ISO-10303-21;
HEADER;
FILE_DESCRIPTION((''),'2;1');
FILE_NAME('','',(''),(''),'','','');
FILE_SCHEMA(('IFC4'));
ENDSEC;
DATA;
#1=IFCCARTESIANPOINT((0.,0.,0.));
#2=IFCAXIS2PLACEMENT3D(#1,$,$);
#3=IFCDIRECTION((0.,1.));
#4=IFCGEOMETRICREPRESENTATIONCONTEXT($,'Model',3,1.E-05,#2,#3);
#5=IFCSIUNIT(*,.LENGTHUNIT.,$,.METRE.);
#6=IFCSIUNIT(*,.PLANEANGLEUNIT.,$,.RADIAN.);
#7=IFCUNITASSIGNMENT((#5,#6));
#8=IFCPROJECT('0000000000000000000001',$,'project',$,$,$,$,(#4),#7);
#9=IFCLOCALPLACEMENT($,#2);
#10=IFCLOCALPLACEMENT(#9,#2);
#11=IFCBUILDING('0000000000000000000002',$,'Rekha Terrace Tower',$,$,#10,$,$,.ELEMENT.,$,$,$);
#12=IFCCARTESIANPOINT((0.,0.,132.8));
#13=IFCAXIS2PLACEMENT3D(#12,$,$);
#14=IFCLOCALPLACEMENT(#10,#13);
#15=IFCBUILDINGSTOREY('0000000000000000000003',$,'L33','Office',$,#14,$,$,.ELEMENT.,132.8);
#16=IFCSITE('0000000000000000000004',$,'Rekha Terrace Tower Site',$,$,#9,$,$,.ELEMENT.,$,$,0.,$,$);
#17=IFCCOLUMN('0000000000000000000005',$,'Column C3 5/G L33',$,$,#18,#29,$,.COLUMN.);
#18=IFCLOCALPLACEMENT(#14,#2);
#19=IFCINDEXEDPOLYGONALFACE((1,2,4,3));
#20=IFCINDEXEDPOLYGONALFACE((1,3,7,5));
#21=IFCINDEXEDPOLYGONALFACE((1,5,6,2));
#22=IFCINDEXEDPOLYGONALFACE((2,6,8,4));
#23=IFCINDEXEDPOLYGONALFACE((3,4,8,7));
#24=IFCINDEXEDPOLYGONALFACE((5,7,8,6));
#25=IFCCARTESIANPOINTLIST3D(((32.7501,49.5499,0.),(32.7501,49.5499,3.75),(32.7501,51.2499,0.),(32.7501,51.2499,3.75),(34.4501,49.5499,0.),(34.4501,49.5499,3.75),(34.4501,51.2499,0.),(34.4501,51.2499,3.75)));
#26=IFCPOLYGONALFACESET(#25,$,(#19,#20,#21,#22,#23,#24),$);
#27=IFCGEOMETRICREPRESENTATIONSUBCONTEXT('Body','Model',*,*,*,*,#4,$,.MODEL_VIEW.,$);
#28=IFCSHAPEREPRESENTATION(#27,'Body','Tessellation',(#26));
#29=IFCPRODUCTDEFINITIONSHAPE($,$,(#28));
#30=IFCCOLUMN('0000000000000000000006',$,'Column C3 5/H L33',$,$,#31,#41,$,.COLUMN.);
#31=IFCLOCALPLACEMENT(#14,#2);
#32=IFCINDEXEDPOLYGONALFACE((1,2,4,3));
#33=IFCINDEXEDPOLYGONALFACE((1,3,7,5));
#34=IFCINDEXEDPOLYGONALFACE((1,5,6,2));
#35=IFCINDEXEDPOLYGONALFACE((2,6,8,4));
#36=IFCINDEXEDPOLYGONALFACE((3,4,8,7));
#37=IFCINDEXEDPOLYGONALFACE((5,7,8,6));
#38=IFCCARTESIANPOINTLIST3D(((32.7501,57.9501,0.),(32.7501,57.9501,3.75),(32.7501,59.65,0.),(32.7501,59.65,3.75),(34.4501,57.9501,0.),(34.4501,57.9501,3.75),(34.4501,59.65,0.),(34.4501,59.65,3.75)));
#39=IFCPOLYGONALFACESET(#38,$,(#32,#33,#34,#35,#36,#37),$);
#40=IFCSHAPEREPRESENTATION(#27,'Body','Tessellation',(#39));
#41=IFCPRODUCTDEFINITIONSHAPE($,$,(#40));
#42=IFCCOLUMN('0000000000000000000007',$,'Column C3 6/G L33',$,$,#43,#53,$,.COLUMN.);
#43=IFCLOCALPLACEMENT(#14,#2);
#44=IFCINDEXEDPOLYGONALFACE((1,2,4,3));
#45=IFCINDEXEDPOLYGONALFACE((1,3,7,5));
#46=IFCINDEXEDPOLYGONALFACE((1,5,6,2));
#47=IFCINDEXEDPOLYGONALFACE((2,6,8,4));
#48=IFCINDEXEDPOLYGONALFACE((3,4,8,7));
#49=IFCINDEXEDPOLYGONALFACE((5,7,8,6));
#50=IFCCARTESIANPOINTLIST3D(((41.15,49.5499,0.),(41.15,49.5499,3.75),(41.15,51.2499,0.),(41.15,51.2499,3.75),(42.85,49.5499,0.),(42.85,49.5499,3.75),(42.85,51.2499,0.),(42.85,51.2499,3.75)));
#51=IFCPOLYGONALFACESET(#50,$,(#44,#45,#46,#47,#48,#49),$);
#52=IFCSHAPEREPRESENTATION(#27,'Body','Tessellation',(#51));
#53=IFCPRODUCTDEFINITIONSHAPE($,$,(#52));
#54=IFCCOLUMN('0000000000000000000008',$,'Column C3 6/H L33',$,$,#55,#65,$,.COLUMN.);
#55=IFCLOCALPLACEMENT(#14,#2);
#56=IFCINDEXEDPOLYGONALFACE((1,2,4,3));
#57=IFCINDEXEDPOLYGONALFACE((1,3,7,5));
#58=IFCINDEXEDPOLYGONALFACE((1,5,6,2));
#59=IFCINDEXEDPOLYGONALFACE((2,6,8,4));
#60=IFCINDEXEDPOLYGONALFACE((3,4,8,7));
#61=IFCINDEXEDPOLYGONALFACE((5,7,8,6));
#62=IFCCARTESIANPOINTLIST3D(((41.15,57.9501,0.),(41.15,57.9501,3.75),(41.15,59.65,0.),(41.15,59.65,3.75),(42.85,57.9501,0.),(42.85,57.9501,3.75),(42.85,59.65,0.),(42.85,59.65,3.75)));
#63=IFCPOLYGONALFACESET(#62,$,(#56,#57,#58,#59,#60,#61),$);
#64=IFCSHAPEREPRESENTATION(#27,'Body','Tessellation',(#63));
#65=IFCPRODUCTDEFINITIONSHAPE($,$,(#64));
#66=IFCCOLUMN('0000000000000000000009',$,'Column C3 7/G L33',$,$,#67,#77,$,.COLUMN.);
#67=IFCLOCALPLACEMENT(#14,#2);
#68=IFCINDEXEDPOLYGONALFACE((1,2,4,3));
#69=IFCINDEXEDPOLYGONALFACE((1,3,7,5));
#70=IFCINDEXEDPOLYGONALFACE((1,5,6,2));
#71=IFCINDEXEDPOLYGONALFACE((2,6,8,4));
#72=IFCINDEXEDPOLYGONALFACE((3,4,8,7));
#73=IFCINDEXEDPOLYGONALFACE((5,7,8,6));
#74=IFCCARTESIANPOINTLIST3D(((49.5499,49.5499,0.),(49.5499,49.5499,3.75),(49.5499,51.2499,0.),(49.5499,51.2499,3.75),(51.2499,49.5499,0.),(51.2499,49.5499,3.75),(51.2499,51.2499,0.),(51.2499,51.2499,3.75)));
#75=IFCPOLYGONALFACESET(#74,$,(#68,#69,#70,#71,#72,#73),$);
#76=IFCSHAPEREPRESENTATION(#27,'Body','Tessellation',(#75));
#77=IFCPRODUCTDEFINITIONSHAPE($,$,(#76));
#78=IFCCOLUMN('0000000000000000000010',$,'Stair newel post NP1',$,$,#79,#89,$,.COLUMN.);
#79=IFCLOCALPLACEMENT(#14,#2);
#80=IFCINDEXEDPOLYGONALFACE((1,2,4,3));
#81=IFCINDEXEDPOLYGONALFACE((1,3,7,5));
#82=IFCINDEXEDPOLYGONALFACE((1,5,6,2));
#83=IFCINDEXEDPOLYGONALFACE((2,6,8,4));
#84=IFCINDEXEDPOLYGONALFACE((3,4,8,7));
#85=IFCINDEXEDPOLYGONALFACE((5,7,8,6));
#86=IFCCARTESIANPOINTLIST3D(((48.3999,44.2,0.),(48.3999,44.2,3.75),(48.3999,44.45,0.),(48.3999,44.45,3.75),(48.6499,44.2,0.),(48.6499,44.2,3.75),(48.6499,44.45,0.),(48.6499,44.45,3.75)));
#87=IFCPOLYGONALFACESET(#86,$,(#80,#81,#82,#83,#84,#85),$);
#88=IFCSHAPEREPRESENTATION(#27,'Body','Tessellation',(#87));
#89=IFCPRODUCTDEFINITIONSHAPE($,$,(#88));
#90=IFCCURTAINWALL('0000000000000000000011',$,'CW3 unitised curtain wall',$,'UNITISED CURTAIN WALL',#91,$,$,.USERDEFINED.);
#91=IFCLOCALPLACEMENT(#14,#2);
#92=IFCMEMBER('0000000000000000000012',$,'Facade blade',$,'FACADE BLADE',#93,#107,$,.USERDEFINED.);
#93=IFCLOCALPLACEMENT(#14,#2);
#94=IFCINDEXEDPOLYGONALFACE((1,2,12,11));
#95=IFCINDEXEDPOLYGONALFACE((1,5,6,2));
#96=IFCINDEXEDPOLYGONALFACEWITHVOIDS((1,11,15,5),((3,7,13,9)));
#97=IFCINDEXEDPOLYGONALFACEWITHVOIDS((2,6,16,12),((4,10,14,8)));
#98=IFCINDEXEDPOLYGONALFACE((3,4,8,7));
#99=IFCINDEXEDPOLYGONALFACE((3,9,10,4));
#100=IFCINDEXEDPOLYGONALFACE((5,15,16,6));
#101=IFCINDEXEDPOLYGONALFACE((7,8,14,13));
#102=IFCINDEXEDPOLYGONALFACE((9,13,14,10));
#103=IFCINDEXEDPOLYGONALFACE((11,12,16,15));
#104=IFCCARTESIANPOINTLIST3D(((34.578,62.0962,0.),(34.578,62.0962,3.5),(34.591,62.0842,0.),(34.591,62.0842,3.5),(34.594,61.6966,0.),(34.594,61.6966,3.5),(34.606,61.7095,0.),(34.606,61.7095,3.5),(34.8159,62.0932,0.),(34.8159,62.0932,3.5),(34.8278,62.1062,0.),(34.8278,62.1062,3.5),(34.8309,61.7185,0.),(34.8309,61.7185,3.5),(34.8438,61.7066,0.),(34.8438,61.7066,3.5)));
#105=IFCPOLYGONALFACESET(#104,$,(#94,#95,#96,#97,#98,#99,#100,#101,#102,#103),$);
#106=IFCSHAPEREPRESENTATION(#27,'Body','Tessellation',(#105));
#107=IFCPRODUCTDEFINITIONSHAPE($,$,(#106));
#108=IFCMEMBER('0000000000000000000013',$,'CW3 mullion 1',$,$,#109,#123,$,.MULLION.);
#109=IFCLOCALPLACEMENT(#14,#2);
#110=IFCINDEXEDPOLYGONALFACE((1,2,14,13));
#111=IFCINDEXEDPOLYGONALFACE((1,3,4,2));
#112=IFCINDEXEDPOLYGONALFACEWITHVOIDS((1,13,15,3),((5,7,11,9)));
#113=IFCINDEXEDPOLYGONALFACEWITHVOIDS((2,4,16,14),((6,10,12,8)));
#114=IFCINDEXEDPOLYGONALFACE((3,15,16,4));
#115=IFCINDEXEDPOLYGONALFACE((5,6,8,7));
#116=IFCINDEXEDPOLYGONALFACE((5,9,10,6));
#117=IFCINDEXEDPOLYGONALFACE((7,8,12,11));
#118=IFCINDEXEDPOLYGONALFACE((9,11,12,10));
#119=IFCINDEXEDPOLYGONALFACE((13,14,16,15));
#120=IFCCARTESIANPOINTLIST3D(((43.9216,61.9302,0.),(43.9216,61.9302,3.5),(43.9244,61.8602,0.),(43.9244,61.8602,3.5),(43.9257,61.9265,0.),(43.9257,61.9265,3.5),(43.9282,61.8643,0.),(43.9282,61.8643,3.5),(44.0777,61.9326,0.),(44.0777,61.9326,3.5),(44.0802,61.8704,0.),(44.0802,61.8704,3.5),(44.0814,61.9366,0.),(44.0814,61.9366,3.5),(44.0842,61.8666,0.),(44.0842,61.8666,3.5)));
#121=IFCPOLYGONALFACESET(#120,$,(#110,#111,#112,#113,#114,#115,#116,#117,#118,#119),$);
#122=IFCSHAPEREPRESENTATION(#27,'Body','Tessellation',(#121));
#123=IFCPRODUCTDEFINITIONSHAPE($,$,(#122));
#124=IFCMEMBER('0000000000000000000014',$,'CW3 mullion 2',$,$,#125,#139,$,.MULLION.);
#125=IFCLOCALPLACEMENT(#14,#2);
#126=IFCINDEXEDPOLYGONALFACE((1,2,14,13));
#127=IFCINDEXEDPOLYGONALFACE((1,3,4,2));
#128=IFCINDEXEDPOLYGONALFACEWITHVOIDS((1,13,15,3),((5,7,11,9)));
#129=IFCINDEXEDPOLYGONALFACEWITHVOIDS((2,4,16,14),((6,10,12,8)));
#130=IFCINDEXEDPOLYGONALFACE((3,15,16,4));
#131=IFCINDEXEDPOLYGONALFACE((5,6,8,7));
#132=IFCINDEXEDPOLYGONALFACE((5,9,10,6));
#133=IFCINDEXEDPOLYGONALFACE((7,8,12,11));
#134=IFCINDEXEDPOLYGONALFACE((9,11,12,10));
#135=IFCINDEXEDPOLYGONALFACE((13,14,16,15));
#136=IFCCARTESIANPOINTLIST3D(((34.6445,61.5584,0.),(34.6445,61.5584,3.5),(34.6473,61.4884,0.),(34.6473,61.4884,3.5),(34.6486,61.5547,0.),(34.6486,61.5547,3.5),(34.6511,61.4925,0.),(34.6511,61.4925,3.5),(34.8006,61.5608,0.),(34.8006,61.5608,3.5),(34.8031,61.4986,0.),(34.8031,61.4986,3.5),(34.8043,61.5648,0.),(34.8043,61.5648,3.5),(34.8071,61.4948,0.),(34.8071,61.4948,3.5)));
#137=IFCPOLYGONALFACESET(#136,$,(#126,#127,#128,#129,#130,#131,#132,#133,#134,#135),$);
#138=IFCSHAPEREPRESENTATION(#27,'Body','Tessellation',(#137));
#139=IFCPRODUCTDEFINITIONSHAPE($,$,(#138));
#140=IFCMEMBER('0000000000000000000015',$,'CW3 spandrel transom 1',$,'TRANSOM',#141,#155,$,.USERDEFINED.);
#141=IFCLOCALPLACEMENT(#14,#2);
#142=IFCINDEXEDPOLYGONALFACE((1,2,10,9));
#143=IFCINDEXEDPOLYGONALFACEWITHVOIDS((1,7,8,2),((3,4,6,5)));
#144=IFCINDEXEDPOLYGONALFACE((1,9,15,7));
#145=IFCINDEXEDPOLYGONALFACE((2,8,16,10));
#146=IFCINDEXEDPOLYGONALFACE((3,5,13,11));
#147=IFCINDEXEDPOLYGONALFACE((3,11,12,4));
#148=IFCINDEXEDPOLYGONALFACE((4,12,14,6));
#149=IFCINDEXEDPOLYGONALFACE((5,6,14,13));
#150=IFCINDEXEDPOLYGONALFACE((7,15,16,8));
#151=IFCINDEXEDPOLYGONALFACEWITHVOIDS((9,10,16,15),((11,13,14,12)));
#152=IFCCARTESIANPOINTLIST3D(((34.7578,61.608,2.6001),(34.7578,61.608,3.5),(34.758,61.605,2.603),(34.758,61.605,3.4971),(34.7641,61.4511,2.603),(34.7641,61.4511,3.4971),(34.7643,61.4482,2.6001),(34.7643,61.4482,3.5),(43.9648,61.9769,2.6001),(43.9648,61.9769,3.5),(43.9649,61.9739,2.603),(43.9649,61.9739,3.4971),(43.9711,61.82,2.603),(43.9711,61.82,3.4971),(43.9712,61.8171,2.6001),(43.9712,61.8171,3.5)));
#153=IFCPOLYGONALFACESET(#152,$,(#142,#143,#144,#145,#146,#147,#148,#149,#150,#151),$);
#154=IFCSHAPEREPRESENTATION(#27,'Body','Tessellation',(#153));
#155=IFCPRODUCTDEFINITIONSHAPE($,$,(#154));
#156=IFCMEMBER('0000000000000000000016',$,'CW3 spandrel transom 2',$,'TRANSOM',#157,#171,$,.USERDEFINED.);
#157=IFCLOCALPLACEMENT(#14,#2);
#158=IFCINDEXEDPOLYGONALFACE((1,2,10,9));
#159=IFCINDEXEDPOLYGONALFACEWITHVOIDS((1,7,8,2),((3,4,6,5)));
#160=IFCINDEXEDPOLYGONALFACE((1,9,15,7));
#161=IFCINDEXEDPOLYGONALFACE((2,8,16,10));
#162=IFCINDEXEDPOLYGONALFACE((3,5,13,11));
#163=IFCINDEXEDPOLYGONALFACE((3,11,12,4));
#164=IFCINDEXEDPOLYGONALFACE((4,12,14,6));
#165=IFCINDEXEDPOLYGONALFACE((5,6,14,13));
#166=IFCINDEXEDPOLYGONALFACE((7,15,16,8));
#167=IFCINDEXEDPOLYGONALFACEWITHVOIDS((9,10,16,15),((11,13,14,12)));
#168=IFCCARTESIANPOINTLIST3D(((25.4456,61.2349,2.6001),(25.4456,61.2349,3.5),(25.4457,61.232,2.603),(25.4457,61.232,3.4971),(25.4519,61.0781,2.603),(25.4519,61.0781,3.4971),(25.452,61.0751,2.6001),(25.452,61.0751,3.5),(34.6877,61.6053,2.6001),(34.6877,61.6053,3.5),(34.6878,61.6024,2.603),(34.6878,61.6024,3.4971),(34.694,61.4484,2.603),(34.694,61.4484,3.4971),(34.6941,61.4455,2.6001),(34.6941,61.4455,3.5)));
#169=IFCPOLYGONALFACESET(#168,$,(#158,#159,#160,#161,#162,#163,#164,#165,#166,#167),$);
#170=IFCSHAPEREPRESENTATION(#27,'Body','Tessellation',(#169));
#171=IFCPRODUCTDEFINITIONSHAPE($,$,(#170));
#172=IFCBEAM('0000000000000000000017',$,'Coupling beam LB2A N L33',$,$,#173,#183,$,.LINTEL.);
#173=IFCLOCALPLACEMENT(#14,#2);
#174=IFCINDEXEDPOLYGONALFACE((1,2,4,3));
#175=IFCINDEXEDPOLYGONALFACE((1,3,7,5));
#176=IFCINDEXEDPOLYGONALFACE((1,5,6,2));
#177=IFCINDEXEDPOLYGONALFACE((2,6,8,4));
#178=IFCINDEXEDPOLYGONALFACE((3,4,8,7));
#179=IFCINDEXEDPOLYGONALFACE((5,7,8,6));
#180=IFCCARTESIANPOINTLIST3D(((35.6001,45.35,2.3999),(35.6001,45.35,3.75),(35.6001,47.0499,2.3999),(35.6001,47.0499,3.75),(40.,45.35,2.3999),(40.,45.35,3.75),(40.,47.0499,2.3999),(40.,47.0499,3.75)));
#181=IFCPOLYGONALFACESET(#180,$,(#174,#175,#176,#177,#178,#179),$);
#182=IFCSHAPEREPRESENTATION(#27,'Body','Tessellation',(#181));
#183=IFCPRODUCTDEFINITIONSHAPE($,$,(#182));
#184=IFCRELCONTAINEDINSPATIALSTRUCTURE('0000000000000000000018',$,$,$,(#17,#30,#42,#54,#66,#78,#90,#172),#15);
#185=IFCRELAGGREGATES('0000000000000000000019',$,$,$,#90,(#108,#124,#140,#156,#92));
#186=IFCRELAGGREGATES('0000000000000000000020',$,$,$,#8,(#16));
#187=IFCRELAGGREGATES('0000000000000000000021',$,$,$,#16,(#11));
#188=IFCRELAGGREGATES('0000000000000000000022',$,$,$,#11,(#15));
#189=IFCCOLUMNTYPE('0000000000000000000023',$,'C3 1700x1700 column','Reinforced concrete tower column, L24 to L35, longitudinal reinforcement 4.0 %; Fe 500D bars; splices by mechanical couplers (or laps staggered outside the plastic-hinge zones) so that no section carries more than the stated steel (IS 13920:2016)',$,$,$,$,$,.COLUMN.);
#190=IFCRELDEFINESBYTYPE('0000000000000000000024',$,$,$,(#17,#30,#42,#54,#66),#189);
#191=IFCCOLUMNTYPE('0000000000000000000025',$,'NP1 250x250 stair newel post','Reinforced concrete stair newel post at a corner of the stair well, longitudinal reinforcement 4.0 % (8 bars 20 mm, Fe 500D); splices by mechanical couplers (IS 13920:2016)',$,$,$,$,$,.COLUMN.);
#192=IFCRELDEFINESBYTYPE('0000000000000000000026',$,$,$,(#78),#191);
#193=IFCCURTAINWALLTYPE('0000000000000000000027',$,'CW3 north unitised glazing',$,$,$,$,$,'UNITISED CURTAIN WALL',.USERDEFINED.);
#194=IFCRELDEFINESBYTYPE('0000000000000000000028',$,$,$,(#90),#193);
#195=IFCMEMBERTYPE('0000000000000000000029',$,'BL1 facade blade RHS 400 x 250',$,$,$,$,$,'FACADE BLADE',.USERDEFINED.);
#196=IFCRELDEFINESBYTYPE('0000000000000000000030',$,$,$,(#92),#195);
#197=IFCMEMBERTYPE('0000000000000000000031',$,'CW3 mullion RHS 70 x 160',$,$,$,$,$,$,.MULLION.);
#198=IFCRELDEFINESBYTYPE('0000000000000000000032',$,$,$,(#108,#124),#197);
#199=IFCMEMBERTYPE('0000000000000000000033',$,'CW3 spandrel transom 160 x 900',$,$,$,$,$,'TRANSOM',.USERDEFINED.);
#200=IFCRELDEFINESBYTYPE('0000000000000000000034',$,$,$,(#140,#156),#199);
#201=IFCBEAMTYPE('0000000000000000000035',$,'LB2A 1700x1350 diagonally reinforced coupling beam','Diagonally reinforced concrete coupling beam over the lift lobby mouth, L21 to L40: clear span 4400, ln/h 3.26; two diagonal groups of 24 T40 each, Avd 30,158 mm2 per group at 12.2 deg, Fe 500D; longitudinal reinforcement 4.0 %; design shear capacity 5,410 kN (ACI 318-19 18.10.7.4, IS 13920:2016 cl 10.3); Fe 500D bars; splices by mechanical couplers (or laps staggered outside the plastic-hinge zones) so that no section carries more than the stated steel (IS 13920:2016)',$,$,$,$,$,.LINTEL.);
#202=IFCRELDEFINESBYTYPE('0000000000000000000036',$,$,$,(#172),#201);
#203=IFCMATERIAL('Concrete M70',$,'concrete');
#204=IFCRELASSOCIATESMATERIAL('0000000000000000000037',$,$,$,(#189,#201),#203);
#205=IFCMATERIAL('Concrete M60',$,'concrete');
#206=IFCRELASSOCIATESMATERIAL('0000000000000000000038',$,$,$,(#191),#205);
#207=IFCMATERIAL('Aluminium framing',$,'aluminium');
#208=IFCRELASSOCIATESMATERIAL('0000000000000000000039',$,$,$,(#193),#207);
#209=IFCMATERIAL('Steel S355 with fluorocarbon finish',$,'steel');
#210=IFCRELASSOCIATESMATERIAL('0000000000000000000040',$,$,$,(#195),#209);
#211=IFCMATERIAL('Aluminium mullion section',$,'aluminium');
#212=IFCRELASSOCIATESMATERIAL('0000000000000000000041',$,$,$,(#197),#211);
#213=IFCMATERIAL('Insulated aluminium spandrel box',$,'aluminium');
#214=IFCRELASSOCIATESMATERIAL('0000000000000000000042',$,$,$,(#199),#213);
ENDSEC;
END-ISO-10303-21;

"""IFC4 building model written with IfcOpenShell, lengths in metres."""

from ifc_helpers import new_model, si_unit, direction, frame, origin, origin_2d, place, context, subcontext, project, spatial, rectangle, hollow_rectangle, extrude, material, material_profile, profile_set, type_object, element, aggregate, save


model = new_model("IFC4")

# Units and contexts
model_context = context("Model", 3, precision=1e-05, world=origin(), true_north=direction((0.0, 1.0)))
body_context = subcontext(model_context, "Body", "Model", "MODEL_VIEW")
ifc_project = project(units=[si_unit("LENGTHUNIT", "METRE"), si_unit("PLANEANGLEUNIT", "RADIAN")], contexts=[model_context])

# Site, building, storey
site_placement = place(None, origin())
site = spatial("IfcSite", under=ifc_project, at=site_placement, Name="Rekha Terrace Tower Site", CompositionType="ELEMENT", RefElevation=0.0)
building_placement = place(site_placement, origin())
building = spatial("IfcBuilding", under=site, at=building_placement, Name="Rekha Terrace Tower", CompositionType="ELEMENT")
storey_placement = place(building_placement, frame((0.0, 0.0, 132.8)))
storey = spatial("IfcBuildingStorey", under=building, at=storey_placement, Name="L33", Description="Office", CompositionType="ELEMENT", Elevation=132.8)

# Columns
ifc_material_1 = material(Name="Concrete M70", Category="concrete")
ifc_material_profile_1 = material_profile(ifc_material_1, rectangle(XDim=1.7, YDim=1.7, at=origin_2d()), Name="RC 1700x1700")
ifc_profile_set_1 = profile_set([ifc_material_profile_1], Name="Concrete M70")
column_type_1 = type_object("IfcColumnType", Name="C3 1700x1700 column", Description="Reinforced concrete tower column, L24 to L35, longitudinal reinforcement 4.0 %; Fe 500D bars; splices by mechanical couplers (or laps staggered outside the plastic-hinge zones) so that no section carries more than the stated steel (IS 13920:2016)", PredefinedType="COLUMN", material=ifc_profile_set_1)
for number, where, z_axis, x_axis, name in (
    (1, (33.6001, 50.3999, 0.0), (0.0, 0.0, 1.0), (1.0, 0.0, 0.0), "Column C3 5/G L33"),
    (2, (33.6001, 58.8, 0.0), (0.0, 0.0, 1.0), (1.0, 0.0, 0.0), "Column C3 5/H L33"),
    (3, (42.0, 50.3999, 0.0), (0.0, 0.0, 1.0), (1.0, 0.0, 0.0), "Column C3 6/G L33"),
    (4, (42.0, 58.8, 0.0), (0.0, 0.0, 1.0), (1.0, 0.0, 0.0), "Column C3 6/H L33"),
    (5, (50.3999, 50.3999, 0.0), (0.0, 0.0, 1.0), (1.0, 0.0, 0.0), "Column C3 7/G L33"),
):
    element("IfcColumn", number, at=place(storey_placement, frame(where, z_axis=z_axis, x_axis=x_axis)), inside=storey, type_object=column_type_1, Name=name, PredefinedType="COLUMN", context=body_context, shape_type="SweptSolid", body=[
        extrude(rectangle(XDim=1.7, YDim=1.7, at=origin_2d()), origin(), (0.0, 0.0, 1.0), 3.75),
    ])
ifc_material_2 = material(Name="Concrete M60", Category="concrete")
ifc_material_profile_2 = material_profile(ifc_material_2, rectangle(XDim=0.25, YDim=0.25, at=origin_2d()), Name="RC 250x250")
ifc_profile_set_2 = profile_set([ifc_material_profile_2], Name="Concrete M60")
column_type_2 = type_object("IfcColumnType", Name="NP1 250x250 stair newel post", Description="Reinforced concrete stair newel post at a corner of the stair well, longitudinal reinforcement 4.0 % (8 bars 20 mm, Fe 500D); splices by mechanical couplers (IS 13920:2016)", PredefinedType="COLUMN", material=ifc_profile_set_2)
column_placement = place(storey_placement, frame((48.5249, 44.325, 0.0), z_axis=(0.0, 0.0, 1.0), x_axis=(1.0, 0.0, 0.0)))
element("IfcColumn", 6, at=column_placement, inside=storey, type_object=column_type_2, Name="Stair newel post NP1", PredefinedType="COLUMN", context=body_context, shape_type="SweptSolid", body=[
    extrude(rectangle(XDim=0.25, YDim=0.25, at=origin_2d()), origin(), (0.0, 0.0, 1.0), 3.75),
])

# Curtain wall, members
ifc_material_3 = material(Name="Aluminium framing", Category="aluminium")
curtain_wall_type = type_object("IfcCurtainWallType", Name="CW3 north unitised glazing", ElementType="UNITISED CURTAIN WALL", PredefinedType="USERDEFINED", material=ifc_material_3)
curtain_wall_1_placement = place(storey_placement, origin())
curtain_wall_1 = element("IfcCurtainWall", 7, at=curtain_wall_1_placement, inside=storey, type_object=curtain_wall_type, Name="CW3 unitised curtain wall", ObjectType="UNITISED CURTAIN WALL", PredefinedType="USERDEFINED")
ifc_material_4 = material(Name="Steel S355 with fluorocarbon finish", Category="steel")
ifc_material_profile_3 = material_profile(ifc_material_4, hollow_rectangle(XDim=0.25, YDim=0.3999, WallThickness=0.0125, at=origin_2d()), Name="RHS400x250x12.5")
ifc_profile_set_3 = profile_set([ifc_material_profile_3], Name="Steel S355 with fluorocarbon finish")
member_type_1 = type_object("IfcMemberType", Name="BL1 facade blade RHS 400 x 250", ElementType="FACADE BLADE", PredefinedType="USERDEFINED", material=ifc_profile_set_3)
member_1_placement = place(storey_placement, frame((34.7109, 61.9014, 0.0), z_axis=(0.0, 0.0, 1.0), x_axis=(-0.999198, -0.040032, 0.0)))
member_1 = element("IfcMember", 8, at=member_1_placement, type_object=member_type_1, Name="Facade blade", ObjectType="FACADE BLADE", PredefinedType="USERDEFINED", context=body_context, shape_type="SweptSolid", body=[
    extrude(hollow_rectangle(XDim=0.25, YDim=0.3999, WallThickness=0.0125, at=origin_2d()), origin(), (0.0, 0.0, 1.0), 3.5),
])
ifc_material_5 = material(Name="Aluminium mullion section", Category="aluminium")
ifc_material_profile_4 = material_profile(ifc_material_5, hollow_rectangle(XDim=0.0701, YDim=0.1599, WallThickness=0.0039, at=origin_2d()), Name="AL RHS 70x160")
ifc_profile_set_4 = profile_set([ifc_material_profile_4], Name="Aluminium mullion section")
member_type_2 = type_object("IfcMemberType", Name="CW3 mullion RHS 70 x 160", PredefinedType="MULLION", material=ifc_profile_set_4)
member_2_placement = place(storey_placement, frame((44.0029, 61.8984, 0.0), z_axis=(0.0, 0.0, 1.0), x_axis=(0.040032, -0.999198, 0.0)))
member_2 = element("IfcMember", 9, at=member_2_placement, type_object=member_type_2, Name="CW3 mullion 1", PredefinedType="MULLION", context=body_context, shape_type="SweptSolid", body=[
    extrude(hollow_rectangle(XDim=0.0701, YDim=0.1599, WallThickness=0.0039, at=origin_2d()), origin(), (0.0, 0.0, 1.0), 3.5),
])
member_3_placement = place(storey_placement, frame((34.7258, 61.5266, 0.0), z_axis=(0.0, 0.0, 1.0), x_axis=(0.040032, -0.999198, 0.0)))
member_3 = element("IfcMember", 10, at=member_3_placement, type_object=member_type_2, Name="CW3 mullion 2", PredefinedType="MULLION", context=body_context, shape_type="SweptSolid", body=[
    extrude(hollow_rectangle(XDim=0.0701, YDim=0.1599, WallThickness=0.0039, at=origin_2d()), origin(), (0.0, 0.0, 1.0), 3.5),
])
ifc_material_6 = material(Name="Insulated aluminium spandrel box", Category="aluminium")
ifc_material_profile_5 = material_profile(ifc_material_6, hollow_rectangle(XDim=0.1599, YDim=0.8999, WallThickness=0.0029, at=origin_2d()), Name="AL SPANDREL BOX 160x900")
ifc_profile_set_5 = profile_set([ifc_material_profile_5], Name="Insulated aluminium spandrel box")
member_type_3 = type_object("IfcMemberType", Name="CW3 spandrel transom 160 x 900", ElementType="TRANSOM", PredefinedType="USERDEFINED", material=ifc_profile_set_5)
member_4_placement = place(storey_placement, frame((43.968, 61.897, 3.05), z_axis=(-0.999198, -0.040035, 0.0), x_axis=(0.040035, -0.999198, 0.0)))
member_4 = element("IfcMember", 11, at=member_4_placement, type_object=member_type_3, Name="CW3 spandrel transom 1", ObjectType="TRANSOM", PredefinedType="USERDEFINED", context=body_context, shape_type="SweptSolid", body=[
    extrude(hollow_rectangle(XDim=0.1599, YDim=0.8999, WallThickness=0.0029, at=origin_2d()), origin(), (0.0, 0.0, 1.0), 9.2144),
])
member_5_placement = place(storey_placement, frame((34.6909, 61.5254, 3.05), z_axis=(-0.999198, -0.040041, 0.0), x_axis=(0.040041, -0.999198, 0.0)))
member_5 = element("IfcMember", 12, at=member_5_placement, type_object=member_type_3, Name="CW3 spandrel transom 2", ObjectType="TRANSOM", PredefinedType="USERDEFINED", context=body_context, shape_type="SweptSolid", body=[
    extrude(hollow_rectangle(XDim=0.1599, YDim=0.8999, WallThickness=0.0029, at=origin_2d()), origin(), (0.0, 0.0, 1.0), 9.2495),
])

# Beam
ifc_material_profile_6 = material_profile(ifc_material_1, rectangle(XDim=1.7, YDim=1.3501, at=origin_2d()), Name="RC 1700x1350")
ifc_profile_set_6 = profile_set([ifc_material_profile_6], Name="Concrete M70")
beam_type = type_object("IfcBeamType", Name="LB2A 1700x1350 diagonally reinforced coupling beam", Description="Diagonally reinforced concrete coupling beam over the lift lobby mouth, L21 to L40: clear span 4400, ln/h 3.26; two diagonal groups of 24 T40 each, Avd 30,158 mm2 per group at 12.2 deg, Fe 500D; longitudinal reinforcement 4.0 %; design shear capacity 5,410 kN (ACI 318-19 18.10.7.4, IS 13920:2016 cl 10.3); Fe 500D bars; splices by mechanical couplers (or laps staggered outside the plastic-hinge zones) so that no section carries more than the stated steel (IS 13920:2016)", PredefinedType="LINTEL", material=ifc_profile_set_6)
beam_placement = place(storey_placement, frame((35.6001, 46.2, 3.075), z_axis=(1.0, 0.0, 0.0), x_axis=(0.0, 1.0, 0.0)))
element("IfcBeam", 13, at=beam_placement, inside=storey, type_object=beam_type, Name="Coupling beam LB2A N L33", PredefinedType="LINTEL", context=body_context, shape_type="SweptSolid", body=[
    extrude(rectangle(XDim=1.7, YDim=1.3501, at=origin_2d()), origin(), (0.0, 0.0, 1.0), 4.3999),
])

aggregate(curtain_wall_1, [member_2, member_3, member_4, member_5, member_1])

save(model, "model.ifc")
